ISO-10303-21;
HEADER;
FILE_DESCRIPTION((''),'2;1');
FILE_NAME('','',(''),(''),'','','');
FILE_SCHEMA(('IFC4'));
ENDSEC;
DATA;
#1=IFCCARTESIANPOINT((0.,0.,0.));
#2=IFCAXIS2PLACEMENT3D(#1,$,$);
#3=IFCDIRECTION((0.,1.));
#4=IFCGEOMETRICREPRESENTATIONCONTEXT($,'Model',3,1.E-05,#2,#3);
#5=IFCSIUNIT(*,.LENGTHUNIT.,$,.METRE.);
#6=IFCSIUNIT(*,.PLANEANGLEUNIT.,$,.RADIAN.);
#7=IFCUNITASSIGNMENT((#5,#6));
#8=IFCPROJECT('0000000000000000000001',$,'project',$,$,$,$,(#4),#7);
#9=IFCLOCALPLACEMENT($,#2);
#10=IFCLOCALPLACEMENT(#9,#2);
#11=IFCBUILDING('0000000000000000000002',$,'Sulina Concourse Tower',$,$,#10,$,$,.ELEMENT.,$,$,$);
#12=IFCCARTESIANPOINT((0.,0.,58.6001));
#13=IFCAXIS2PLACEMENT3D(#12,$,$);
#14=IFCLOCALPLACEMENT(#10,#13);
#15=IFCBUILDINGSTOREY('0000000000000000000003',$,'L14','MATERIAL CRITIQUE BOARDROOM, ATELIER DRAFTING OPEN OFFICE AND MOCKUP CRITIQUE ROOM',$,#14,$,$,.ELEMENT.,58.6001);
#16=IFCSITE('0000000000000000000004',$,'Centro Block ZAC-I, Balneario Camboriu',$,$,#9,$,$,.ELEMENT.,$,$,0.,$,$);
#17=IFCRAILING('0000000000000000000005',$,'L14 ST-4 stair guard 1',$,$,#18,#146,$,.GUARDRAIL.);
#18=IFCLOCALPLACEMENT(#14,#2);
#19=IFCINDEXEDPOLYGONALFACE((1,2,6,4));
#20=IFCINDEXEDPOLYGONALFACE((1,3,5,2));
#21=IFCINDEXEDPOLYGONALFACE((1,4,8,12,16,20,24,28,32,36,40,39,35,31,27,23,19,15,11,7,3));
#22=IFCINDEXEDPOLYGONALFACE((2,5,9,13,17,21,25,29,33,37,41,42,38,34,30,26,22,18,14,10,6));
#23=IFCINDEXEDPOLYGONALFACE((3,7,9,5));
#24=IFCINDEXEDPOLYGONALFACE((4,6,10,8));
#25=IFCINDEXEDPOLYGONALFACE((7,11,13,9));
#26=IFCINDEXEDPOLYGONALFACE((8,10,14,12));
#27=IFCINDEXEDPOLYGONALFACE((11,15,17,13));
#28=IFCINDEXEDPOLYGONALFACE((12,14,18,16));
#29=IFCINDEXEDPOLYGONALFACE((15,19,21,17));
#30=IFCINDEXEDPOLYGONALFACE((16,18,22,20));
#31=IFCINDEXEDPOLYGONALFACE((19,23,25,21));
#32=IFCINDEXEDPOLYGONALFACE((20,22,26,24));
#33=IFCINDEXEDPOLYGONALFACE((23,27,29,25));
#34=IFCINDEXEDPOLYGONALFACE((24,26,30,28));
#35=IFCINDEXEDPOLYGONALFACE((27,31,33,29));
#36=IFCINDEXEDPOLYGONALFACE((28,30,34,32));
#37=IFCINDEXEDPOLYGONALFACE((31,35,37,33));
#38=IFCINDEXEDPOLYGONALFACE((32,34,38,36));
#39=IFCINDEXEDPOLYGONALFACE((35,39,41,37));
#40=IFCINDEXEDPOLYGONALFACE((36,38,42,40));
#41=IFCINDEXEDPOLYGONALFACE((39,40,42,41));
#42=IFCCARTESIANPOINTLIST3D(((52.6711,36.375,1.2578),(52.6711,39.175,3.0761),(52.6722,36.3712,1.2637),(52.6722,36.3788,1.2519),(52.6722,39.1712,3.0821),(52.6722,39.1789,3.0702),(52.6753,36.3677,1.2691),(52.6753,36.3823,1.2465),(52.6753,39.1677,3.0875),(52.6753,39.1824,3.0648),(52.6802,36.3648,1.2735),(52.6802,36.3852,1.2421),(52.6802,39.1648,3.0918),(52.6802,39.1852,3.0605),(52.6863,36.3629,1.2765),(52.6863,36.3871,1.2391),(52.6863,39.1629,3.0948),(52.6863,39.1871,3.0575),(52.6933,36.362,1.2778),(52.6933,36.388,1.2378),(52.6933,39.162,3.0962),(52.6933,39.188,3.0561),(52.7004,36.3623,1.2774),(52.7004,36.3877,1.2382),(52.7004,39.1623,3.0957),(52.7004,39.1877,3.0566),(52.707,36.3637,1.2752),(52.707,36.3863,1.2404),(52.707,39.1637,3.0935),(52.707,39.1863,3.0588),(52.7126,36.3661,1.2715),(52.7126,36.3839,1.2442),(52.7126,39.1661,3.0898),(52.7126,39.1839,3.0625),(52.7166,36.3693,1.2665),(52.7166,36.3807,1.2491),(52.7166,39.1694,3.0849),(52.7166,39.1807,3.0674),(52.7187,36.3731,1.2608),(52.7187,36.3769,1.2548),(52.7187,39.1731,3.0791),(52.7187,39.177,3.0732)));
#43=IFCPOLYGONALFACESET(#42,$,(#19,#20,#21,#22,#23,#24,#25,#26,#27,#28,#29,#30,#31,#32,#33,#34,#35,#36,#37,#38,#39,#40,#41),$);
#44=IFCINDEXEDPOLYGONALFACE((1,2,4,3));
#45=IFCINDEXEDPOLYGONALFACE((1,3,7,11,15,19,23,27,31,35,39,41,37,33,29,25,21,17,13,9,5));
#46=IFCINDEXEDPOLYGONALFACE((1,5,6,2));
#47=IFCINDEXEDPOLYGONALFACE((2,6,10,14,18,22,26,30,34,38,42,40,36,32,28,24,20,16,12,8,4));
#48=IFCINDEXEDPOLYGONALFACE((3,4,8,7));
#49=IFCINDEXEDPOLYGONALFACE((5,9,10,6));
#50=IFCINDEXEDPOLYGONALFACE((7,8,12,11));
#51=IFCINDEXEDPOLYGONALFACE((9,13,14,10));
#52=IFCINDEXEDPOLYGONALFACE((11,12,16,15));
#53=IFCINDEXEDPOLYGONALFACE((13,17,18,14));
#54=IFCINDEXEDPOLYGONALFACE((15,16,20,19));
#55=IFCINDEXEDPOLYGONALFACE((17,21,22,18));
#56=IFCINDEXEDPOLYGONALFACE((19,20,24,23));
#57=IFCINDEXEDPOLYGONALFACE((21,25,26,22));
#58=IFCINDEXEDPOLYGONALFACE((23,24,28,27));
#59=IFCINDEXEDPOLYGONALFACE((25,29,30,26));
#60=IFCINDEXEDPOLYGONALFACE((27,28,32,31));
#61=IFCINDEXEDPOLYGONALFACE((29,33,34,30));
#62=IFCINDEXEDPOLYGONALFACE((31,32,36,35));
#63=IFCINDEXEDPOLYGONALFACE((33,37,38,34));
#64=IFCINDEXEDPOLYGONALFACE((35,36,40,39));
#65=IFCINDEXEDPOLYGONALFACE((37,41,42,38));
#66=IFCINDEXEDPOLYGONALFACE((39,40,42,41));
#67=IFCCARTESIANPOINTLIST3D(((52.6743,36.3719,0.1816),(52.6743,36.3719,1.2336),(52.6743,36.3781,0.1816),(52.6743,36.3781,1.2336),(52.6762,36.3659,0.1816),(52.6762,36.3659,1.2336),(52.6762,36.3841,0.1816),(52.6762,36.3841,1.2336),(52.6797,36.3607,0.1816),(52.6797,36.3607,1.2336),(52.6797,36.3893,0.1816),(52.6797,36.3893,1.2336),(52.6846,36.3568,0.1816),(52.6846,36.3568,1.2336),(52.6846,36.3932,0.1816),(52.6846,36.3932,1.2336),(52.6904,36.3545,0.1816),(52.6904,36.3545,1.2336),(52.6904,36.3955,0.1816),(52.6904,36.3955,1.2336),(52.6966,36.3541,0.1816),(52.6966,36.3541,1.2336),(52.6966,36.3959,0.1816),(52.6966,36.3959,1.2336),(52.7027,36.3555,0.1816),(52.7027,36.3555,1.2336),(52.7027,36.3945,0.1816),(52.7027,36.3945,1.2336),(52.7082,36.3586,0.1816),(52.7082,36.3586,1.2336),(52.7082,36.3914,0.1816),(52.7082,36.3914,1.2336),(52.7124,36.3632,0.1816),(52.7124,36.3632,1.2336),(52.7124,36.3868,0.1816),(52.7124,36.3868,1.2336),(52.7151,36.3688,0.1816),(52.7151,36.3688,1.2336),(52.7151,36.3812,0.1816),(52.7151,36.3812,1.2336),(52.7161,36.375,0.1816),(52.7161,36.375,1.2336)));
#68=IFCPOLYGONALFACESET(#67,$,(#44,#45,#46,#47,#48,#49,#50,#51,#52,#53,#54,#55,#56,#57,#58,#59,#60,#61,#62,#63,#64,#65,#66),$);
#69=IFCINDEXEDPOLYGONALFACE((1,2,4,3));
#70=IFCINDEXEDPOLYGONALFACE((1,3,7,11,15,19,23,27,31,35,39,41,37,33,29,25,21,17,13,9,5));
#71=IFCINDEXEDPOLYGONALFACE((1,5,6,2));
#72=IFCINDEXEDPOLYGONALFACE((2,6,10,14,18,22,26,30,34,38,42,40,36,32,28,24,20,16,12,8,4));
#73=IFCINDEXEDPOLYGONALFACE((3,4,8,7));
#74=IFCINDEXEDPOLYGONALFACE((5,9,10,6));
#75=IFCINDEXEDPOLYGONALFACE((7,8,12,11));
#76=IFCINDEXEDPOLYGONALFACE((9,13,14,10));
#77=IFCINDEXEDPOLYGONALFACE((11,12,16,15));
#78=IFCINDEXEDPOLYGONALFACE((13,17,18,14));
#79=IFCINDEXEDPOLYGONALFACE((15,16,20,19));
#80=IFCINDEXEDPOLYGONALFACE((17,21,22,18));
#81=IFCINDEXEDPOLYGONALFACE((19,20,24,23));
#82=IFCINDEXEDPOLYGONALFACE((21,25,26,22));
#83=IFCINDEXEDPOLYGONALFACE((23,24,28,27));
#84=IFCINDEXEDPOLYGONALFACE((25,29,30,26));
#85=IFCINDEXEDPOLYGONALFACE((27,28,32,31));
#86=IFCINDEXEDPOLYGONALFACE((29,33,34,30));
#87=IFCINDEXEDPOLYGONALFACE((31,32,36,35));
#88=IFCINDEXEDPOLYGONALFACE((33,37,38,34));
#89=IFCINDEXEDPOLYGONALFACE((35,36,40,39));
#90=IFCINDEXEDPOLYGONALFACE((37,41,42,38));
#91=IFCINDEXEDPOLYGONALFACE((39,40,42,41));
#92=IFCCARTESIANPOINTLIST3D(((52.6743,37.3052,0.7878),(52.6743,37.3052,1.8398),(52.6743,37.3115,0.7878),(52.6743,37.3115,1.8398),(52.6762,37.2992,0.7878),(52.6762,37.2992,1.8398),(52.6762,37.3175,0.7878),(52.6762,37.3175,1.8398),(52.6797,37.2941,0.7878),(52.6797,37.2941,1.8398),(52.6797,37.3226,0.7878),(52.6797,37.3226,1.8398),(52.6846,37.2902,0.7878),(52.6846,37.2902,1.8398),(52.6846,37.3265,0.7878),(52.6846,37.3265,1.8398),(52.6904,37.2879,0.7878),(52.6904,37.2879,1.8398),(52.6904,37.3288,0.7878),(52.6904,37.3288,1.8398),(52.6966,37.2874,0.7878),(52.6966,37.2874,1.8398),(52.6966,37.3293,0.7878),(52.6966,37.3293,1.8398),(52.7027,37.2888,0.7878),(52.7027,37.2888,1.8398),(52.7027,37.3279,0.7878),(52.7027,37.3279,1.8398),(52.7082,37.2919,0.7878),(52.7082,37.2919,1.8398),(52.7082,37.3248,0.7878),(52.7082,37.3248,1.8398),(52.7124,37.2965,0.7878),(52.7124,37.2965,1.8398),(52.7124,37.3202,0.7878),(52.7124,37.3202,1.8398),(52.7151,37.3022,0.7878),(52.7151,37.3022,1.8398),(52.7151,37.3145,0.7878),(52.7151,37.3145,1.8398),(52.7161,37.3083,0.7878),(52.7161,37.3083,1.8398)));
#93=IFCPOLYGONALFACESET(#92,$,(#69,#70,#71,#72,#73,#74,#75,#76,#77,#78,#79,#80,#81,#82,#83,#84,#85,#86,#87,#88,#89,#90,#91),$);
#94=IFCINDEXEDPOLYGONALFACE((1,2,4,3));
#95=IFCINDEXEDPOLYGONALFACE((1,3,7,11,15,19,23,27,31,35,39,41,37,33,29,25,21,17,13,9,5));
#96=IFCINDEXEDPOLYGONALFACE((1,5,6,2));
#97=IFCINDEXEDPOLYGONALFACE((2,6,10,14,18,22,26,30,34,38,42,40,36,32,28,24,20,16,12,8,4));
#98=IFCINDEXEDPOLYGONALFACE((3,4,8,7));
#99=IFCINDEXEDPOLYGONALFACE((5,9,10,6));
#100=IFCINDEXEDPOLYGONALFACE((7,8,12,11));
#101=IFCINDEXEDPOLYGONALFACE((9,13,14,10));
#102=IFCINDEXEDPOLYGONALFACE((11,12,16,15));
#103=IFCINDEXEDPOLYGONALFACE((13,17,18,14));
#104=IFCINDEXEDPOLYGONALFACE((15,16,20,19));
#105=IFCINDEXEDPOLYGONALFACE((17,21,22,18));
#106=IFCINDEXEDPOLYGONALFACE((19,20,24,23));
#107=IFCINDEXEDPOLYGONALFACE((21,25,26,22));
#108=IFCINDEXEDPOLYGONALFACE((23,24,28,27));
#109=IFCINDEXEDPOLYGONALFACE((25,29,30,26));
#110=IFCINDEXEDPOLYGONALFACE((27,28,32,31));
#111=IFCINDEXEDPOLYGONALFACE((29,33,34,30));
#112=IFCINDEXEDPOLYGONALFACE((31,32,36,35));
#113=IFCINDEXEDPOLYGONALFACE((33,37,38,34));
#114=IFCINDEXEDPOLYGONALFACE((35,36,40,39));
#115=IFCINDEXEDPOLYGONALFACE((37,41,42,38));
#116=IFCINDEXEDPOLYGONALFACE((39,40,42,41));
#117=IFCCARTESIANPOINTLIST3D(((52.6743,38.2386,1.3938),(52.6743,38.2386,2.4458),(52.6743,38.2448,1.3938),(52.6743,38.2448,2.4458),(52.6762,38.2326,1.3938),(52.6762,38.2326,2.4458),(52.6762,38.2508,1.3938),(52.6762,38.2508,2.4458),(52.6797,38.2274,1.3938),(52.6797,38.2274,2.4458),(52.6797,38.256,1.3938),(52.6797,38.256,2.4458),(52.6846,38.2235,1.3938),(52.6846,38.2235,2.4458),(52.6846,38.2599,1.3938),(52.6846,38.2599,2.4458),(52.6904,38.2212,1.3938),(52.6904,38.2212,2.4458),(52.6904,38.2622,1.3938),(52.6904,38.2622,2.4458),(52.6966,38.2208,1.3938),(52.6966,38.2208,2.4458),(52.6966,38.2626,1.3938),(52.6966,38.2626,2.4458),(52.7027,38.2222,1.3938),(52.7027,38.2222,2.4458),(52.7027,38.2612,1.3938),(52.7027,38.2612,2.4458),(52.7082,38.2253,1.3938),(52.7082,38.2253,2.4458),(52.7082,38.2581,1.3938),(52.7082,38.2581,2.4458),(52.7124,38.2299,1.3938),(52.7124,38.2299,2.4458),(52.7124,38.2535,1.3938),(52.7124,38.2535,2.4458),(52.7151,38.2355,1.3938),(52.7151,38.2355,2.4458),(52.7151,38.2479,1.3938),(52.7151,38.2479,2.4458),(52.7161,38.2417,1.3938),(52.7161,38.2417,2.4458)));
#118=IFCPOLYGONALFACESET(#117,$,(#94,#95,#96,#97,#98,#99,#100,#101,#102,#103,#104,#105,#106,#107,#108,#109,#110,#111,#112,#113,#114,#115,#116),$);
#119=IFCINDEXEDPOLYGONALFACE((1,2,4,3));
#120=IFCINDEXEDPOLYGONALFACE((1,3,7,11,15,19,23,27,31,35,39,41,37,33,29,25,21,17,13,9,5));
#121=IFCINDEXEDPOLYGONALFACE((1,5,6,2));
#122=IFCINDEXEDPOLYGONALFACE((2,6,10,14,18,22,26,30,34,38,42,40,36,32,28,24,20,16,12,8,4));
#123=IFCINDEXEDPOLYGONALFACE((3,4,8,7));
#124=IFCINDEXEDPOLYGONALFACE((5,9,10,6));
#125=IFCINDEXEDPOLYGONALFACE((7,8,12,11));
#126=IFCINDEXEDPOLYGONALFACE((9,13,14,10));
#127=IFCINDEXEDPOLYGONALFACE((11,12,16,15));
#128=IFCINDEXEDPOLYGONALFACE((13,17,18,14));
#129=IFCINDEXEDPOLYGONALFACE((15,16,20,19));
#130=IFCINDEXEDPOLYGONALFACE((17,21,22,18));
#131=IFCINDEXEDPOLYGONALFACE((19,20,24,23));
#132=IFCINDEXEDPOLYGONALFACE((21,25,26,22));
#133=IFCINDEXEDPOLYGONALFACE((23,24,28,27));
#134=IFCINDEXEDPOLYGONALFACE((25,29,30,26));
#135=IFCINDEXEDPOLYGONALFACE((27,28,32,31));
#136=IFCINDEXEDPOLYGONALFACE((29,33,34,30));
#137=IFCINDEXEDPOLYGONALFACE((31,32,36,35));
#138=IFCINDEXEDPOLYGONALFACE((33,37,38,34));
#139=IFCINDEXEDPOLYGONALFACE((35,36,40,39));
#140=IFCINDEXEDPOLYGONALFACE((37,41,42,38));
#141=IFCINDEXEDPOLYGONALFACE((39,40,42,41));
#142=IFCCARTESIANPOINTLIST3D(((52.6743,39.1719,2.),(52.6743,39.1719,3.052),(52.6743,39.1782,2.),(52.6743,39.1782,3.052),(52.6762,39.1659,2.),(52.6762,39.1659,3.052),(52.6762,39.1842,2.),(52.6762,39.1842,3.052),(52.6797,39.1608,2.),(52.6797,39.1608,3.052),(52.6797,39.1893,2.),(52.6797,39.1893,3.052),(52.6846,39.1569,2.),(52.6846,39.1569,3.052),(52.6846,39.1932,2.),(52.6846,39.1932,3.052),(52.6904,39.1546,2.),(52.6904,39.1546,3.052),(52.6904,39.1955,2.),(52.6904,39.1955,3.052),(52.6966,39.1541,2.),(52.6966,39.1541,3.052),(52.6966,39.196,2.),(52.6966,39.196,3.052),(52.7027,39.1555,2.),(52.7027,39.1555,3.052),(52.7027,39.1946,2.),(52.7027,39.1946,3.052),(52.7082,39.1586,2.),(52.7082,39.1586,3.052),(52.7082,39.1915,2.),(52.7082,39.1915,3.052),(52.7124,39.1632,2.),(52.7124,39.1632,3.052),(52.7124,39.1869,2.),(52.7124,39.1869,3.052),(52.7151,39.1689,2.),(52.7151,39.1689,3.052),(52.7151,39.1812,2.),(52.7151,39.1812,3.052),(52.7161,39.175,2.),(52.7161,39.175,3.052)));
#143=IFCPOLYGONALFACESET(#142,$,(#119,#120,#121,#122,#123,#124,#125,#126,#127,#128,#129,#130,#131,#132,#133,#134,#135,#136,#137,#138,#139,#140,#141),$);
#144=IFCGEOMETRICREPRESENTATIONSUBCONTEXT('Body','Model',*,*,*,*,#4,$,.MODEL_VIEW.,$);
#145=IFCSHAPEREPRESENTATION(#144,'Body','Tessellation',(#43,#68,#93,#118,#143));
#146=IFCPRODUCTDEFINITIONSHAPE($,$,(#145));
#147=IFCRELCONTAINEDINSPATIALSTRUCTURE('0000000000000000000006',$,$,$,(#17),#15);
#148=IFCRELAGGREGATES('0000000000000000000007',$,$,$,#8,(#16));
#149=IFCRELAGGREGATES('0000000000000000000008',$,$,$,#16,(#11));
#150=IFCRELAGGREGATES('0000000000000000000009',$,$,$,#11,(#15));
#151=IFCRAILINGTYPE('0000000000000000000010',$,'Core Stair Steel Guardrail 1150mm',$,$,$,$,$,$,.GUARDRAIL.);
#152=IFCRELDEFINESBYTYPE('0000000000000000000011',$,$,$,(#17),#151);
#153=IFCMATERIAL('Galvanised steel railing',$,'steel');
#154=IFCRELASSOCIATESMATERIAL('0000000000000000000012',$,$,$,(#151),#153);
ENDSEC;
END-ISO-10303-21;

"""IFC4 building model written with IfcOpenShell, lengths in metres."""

from ifc_helpers import new_model, si_unit, direction, frame, origin, origin_2d, place, context, subcontext, project, spatial, circle, extrude, material, type_object, element, save


model = new_model("IFC4")

# Units and contexts
model_context = context("Model", 3, precision=1e-05, world=origin(), true_north=direction((0.0, 1.0)))
body_context = subcontext(model_context, "Body", "Model", "MODEL_VIEW")
ifc_project = project(units=[si_unit("LENGTHUNIT", "METRE"), si_unit("PLANEANGLEUNIT", "RADIAN")], contexts=[model_context])

# Site, building, storey
site_placement = place(None, origin())
site = spatial("IfcSite", under=ifc_project, at=site_placement, Name="Centro Block ZAC-I, Balneario Camboriu", CompositionType="ELEMENT", RefElevation=0.0)
building_placement = place(site_placement, origin())
building = spatial("IfcBuilding", under=site, at=building_placement, Name="Sulina Concourse Tower", CompositionType="ELEMENT")
storey_placement = place(building_placement, frame((0.0, 0.0, 58.6001)))
storey = spatial("IfcBuildingStorey", under=building, at=storey_placement, Name="L14", Description="MATERIAL CRITIQUE BOARDROOM, ATELIER DRAFTING OPEN OFFICE AND MOCKUP CRITIQUE ROOM", CompositionType="ELEMENT", Elevation=58.6001)

# Railing
ifc_material_1 = material(Name="Galvanised steel railing", Category="steel")
railing_type_1 = type_object("IfcRailingType", Name="Core Stair Steel Guardrail 1150mm", PredefinedType="GUARDRAIL", material=ifc_material_1)
railing_1_placement = place(storey_placement, frame((52.6951, 36.375, 0.1816)))
element("IfcRailing", 1, at=railing_1_placement, inside=storey, type_object=railing_type_1, Name="L14 ST-4 stair guard 1", PredefinedType="GUARDRAIL", context=body_context, shape_type="SweptSolid", body=[
    extrude(circle(Radius=0.0239, at=origin_2d()), frame((0.0, 0.0, 1.0762), z_axis=(0.0, 0.838672, 0.544636), x_axis=(-1.0, 0.0, 0.0)), (0.0, 0.0, 1.0), 3.3386),
    extrude(circle(Radius=0.021, at=origin_2d()), origin(), (0.0, 0.0, 1.0), 1.052),
    extrude(circle(Radius=0.021, at=origin_2d()), frame((0.0, 0.9333, 0.6062)), (0.0, 0.0, 1.0), 1.052),
    extrude(circle(Radius=0.021, at=origin_2d()), frame((0.0, 1.8667, 1.2122)), (0.0, 0.0, 1.0), 1.052),
    extrude(circle(Radius=0.021, at=origin_2d()), frame((0.0, 2.8, 1.8184)), (0.0, 0.0, 1.0), 1.052),
])

save(model, "model.ifc")
